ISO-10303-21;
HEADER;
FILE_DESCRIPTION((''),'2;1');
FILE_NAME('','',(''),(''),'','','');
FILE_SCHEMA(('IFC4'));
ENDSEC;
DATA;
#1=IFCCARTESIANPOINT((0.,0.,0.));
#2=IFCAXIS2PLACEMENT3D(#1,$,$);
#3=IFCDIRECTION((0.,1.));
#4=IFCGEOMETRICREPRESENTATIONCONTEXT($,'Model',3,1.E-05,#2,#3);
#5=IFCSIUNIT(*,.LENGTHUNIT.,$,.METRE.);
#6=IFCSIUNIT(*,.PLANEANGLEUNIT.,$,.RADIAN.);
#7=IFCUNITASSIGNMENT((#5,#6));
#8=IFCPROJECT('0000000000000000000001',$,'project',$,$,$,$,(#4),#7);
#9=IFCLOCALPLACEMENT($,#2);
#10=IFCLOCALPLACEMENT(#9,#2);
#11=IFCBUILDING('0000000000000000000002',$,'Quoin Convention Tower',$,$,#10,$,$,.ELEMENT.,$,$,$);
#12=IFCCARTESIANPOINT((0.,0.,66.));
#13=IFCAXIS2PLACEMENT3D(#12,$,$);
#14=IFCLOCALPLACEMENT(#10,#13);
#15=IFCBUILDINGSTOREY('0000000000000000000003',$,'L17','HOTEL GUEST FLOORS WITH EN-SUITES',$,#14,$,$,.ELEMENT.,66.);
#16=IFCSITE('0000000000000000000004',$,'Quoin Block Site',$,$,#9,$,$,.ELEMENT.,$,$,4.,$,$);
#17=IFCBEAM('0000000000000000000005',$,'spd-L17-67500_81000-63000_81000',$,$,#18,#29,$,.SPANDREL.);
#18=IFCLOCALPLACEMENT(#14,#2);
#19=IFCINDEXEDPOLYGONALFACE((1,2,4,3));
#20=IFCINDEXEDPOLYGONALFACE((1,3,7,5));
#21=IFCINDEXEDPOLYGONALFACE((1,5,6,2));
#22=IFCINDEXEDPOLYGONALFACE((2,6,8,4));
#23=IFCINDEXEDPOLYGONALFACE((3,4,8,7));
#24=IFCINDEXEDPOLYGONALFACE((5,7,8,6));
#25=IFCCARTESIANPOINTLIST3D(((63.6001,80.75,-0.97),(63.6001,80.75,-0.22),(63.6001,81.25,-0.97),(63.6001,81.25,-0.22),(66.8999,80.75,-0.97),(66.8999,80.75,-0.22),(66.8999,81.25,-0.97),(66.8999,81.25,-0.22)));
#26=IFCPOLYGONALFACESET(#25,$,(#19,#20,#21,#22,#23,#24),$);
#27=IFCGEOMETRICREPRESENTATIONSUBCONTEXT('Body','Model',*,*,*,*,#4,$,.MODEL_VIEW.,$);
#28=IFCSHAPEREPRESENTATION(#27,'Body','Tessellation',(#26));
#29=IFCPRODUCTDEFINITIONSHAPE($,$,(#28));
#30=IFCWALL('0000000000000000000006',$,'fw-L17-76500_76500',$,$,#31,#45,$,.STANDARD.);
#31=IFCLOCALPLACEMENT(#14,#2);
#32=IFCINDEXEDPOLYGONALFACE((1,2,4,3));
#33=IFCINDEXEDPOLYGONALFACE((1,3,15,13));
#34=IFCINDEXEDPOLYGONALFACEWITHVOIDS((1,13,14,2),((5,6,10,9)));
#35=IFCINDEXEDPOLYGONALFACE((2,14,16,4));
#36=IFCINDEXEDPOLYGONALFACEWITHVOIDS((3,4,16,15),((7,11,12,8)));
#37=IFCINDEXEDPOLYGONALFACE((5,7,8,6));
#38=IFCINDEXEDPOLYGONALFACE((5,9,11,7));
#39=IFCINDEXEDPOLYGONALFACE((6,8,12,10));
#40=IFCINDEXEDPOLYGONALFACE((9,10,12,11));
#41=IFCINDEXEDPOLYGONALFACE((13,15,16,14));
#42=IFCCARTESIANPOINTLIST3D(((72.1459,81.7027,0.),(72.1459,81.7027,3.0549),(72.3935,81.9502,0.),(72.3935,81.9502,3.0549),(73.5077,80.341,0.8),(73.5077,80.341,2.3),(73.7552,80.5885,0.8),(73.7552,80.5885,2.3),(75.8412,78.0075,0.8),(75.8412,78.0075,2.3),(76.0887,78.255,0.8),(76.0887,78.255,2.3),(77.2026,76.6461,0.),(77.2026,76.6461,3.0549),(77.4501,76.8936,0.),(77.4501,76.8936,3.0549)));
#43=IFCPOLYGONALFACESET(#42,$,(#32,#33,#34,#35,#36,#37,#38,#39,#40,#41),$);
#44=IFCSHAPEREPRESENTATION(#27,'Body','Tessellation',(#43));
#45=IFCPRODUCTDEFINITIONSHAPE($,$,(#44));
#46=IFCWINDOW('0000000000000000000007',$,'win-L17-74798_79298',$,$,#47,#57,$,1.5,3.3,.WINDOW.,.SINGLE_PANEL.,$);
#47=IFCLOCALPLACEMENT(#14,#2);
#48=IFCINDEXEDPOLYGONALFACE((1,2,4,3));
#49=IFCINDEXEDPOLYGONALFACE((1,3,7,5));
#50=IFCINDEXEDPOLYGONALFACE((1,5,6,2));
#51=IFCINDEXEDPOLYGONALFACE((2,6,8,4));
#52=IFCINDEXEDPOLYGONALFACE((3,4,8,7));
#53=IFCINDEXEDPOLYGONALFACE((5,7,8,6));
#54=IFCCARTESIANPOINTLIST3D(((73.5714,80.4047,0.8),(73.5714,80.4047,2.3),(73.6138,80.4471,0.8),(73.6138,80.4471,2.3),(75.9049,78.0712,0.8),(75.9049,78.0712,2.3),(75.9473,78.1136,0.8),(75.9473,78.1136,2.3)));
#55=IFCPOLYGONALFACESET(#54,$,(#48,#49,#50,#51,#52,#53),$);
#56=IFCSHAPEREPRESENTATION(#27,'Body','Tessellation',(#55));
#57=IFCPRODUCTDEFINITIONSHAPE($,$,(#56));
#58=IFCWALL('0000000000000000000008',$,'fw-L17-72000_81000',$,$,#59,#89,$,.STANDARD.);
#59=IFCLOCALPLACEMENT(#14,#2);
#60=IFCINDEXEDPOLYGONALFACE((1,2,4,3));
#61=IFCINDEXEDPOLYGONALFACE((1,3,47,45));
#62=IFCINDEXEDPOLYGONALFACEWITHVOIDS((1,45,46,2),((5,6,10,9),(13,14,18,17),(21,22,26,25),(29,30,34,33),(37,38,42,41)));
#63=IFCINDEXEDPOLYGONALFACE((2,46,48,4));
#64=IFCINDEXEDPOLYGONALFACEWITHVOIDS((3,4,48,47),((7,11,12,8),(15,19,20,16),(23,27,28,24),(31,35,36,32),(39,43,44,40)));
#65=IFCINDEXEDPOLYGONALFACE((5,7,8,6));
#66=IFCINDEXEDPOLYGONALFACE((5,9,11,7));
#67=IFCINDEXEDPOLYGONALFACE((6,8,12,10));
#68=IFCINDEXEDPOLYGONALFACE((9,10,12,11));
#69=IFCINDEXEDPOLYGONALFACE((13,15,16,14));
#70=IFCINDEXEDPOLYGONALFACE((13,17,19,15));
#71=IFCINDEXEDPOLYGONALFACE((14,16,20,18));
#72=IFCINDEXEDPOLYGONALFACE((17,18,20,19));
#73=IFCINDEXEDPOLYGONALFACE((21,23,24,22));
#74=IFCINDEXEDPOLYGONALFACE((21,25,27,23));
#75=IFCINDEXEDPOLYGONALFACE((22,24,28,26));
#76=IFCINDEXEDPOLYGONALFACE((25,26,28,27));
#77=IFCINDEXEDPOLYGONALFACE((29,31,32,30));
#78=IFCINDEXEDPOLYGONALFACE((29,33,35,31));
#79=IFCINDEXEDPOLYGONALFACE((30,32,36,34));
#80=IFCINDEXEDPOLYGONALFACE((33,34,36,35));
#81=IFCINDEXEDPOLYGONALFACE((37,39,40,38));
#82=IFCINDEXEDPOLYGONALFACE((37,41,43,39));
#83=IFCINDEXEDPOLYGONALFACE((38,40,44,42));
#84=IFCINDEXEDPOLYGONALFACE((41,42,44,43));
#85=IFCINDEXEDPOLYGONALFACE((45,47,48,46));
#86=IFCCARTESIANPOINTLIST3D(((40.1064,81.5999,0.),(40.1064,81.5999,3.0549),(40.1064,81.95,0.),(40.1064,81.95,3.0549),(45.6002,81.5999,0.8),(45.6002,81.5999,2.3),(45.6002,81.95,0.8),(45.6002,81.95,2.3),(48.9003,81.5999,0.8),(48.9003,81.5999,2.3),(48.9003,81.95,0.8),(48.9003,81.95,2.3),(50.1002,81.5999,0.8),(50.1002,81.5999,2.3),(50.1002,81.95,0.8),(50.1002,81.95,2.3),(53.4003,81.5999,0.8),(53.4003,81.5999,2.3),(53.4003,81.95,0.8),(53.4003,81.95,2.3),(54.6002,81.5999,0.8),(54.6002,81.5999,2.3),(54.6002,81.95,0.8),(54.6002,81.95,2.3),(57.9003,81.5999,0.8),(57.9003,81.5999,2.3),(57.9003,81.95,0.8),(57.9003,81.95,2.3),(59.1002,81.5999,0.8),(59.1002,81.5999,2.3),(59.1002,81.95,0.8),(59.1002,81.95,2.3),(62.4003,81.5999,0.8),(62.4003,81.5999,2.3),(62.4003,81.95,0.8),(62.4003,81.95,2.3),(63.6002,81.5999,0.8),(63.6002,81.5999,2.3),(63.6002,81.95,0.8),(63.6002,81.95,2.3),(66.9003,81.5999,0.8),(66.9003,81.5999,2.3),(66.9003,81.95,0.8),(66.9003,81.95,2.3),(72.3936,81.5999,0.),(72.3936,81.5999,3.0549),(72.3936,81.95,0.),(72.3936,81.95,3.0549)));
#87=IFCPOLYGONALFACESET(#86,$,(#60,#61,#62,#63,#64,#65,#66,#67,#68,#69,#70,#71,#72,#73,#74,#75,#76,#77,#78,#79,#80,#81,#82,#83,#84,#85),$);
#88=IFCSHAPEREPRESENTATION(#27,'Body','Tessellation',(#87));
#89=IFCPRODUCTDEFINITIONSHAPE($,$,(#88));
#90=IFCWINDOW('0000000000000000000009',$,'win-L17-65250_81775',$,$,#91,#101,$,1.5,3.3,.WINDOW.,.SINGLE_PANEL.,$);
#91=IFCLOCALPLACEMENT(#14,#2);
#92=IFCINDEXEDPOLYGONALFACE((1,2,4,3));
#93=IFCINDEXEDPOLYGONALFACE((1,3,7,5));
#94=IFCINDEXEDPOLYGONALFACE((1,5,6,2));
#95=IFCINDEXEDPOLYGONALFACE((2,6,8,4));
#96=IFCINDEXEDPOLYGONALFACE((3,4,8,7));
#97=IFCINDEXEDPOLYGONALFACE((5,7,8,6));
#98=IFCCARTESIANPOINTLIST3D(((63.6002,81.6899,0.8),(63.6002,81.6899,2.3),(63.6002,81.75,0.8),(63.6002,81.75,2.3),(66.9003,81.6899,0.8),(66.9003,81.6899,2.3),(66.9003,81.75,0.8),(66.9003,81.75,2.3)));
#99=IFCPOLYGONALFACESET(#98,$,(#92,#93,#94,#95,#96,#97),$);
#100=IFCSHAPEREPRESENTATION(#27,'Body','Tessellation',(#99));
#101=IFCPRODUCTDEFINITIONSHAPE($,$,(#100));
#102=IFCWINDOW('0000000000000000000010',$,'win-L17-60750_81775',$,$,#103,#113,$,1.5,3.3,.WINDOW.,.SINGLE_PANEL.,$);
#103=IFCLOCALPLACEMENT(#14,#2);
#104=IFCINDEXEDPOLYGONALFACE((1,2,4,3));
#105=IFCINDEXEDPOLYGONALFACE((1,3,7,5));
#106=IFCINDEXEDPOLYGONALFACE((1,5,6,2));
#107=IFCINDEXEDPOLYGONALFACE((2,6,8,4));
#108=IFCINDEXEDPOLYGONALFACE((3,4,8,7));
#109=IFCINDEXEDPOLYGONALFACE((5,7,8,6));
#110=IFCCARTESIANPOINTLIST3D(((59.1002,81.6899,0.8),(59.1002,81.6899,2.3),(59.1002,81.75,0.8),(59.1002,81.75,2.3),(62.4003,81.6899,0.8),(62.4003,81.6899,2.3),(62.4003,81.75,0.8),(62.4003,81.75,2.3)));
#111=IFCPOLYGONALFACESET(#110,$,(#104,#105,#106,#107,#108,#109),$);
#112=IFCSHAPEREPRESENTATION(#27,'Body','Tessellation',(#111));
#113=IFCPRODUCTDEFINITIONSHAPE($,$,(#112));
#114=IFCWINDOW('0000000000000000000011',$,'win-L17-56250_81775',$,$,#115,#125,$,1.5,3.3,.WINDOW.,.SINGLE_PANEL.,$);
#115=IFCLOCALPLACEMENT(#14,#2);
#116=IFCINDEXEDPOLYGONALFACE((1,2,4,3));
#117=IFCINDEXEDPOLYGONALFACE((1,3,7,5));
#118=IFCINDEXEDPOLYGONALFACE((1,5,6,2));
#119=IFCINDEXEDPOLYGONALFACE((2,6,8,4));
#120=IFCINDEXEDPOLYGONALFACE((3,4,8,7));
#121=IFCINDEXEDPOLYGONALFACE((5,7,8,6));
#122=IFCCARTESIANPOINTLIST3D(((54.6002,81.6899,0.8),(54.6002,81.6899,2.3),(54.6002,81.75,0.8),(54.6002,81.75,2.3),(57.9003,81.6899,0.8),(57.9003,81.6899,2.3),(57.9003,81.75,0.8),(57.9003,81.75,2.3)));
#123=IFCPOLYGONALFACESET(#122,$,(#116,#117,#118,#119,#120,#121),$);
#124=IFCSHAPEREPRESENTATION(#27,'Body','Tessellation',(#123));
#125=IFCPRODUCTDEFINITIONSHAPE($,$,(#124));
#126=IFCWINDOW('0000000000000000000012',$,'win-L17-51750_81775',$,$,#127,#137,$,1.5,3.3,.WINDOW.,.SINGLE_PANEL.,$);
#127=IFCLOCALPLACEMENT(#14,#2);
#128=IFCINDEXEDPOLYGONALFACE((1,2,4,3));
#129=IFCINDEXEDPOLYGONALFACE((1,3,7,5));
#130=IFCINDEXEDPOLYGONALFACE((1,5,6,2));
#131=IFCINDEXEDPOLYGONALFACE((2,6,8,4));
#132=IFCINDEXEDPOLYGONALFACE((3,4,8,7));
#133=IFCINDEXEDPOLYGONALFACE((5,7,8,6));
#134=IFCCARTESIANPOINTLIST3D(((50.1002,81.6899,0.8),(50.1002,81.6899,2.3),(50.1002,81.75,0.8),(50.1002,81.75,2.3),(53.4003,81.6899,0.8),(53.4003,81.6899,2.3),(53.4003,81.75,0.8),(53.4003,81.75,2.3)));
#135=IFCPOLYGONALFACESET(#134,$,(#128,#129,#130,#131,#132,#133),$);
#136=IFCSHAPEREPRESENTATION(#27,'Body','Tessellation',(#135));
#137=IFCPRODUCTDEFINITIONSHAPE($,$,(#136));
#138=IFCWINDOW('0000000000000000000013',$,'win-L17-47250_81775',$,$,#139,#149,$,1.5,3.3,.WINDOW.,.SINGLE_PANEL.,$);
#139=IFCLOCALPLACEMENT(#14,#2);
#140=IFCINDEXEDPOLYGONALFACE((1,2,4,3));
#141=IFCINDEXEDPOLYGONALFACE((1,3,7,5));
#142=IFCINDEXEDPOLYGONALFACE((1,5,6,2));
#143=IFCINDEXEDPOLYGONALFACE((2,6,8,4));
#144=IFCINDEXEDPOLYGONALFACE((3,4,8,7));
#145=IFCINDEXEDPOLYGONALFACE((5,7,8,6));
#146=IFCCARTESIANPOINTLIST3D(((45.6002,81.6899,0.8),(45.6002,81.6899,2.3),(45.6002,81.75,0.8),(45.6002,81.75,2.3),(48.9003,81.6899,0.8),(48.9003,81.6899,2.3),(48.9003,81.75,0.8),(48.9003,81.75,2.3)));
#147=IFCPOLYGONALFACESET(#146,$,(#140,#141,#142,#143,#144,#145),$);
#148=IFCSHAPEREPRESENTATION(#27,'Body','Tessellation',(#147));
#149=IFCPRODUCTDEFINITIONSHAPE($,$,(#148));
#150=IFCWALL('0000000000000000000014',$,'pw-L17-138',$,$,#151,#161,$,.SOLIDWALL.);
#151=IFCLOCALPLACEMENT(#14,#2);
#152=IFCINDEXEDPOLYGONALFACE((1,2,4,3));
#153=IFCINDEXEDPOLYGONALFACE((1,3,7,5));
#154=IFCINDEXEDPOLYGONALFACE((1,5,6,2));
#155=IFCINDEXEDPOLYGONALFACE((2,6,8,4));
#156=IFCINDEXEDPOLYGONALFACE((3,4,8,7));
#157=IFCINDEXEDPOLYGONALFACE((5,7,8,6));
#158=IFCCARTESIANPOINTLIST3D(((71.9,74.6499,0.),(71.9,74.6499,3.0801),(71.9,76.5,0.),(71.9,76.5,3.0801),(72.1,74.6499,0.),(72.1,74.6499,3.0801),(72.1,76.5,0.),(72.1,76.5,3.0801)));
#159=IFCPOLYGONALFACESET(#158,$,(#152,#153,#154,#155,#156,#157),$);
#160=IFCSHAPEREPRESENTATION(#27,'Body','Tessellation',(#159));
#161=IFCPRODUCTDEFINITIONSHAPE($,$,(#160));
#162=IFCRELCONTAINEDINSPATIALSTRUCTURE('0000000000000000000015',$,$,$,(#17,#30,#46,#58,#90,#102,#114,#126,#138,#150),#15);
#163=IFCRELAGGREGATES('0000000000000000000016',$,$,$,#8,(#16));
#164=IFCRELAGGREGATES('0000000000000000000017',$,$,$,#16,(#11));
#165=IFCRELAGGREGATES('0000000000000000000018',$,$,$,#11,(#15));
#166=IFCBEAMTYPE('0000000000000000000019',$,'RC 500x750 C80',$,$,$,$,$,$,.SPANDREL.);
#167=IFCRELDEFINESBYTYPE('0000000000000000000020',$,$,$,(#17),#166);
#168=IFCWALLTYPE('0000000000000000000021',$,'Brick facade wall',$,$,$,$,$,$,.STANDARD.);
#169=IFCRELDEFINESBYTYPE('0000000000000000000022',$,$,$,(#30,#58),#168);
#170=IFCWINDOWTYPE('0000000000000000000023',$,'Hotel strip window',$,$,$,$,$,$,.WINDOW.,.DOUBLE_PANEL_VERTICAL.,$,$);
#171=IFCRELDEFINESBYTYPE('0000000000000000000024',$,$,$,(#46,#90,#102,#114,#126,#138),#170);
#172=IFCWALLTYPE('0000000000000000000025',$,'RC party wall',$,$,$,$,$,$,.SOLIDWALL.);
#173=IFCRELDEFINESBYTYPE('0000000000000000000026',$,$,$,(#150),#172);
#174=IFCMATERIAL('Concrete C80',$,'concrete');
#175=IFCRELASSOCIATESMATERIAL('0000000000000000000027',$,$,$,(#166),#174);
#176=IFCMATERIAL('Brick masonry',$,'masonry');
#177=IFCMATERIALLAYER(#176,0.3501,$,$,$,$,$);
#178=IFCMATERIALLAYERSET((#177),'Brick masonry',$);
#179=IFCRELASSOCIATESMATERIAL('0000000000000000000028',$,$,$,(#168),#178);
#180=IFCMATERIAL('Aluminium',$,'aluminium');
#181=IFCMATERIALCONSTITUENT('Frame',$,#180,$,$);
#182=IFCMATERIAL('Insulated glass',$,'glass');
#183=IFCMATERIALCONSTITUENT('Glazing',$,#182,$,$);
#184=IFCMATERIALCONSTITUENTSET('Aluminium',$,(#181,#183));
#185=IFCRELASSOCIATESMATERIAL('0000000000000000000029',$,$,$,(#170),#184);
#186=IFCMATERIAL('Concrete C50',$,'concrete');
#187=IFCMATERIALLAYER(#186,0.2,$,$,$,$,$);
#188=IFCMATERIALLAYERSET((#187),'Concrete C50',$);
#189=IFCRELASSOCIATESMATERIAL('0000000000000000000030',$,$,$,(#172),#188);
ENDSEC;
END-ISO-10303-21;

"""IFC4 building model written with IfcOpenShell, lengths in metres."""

from ifc_helpers import new_model, si_unit, direction, frame, frame_2d, origin, origin_2d, place, context, subcontext, project, spatial, rectangle, extrude, material, layer, layer_set, constituent, constituent_set, material_profile, profile_set, type_object, element, fill, save


model = new_model("IFC4")

# Units and contexts
model_context = context("Model", 3, precision=1e-05, world=origin(), true_north=direction((0.0, 1.0)))
body_context = subcontext(model_context, "Body", "Model", "MODEL_VIEW")
ifc_project = project(units=[si_unit("LENGTHUNIT", "METRE"), si_unit("PLANEANGLEUNIT", "RADIAN")], contexts=[model_context])

# Site, building, storey
site_placement = place(None, origin())
site = spatial("IfcSite", under=ifc_project, at=site_placement, Name="Quoin Block Site", CompositionType="ELEMENT", RefElevation=4.0)
building_placement = place(site_placement, origin())
building = spatial("IfcBuilding", under=site, at=building_placement, Name="Quoin Convention Tower", CompositionType="ELEMENT")
storey_placement = place(building_placement, frame((0.0, 0.0, 66.0)))
storey = spatial("IfcBuildingStorey", under=building, at=storey_placement, Name="L17", Description="HOTEL GUEST FLOORS WITH EN-SUITES", CompositionType="ELEMENT", Elevation=66.0)

# Shared definitions
ifc_material_1 = material(Name="Concrete C80", Category="concrete")

# Beam
ifc_material_profile_1 = material_profile(ifc_material_1, rectangle(XDim=0.5, YDim=0.75, at=origin_2d()), Name="RC 500x750")
ifc_profile_set_1 = profile_set([ifc_material_profile_1], Name="Concrete C80")
beam_type = type_object("IfcBeamType", Name="RC 500x750 C80", PredefinedType="SPANDREL", material=ifc_profile_set_1)
for number, where, z_axis, x_axis, name in (
    (1, (66.8999, 81.0, -0.595), (-1.0, 0.0, 0.0), (0.0, -1.0, 0.0), "spd-L17-67500_81000-63000_81000"),
):
    element("IfcBeam", number, at=place(storey_placement, frame(where, z_axis=z_axis, x_axis=x_axis)), inside=storey, type_object=beam_type, Name=name, PredefinedType="SPANDREL", context=body_context, shape_type="SweptSolid", body=[
        extrude(rectangle(XDim=0.5, YDim=0.75, at=origin_2d()), origin(), (0.0, 0.0, 1.0), 3.2998),
    ])

# Wall, opening, window
ifc_material_2 = material(Name="Brick masonry", Category="masonry")
ifc_layer_1 = layer(ifc_material_2, 0.3501)
ifc_layer_set_1 = layer_set([ifc_layer_1], Name="Brick masonry")
wall_type_1 = type_object("IfcWallType", Name="Brick facade wall", PredefinedType="STANDARD", material=ifc_layer_set_1)
wall_1_placement = place(storey_placement, frame((77.3264, 76.7698, 0.0), z_axis=(0.0, 0.0, 1.0), x_axis=(-0.707107, 0.707107, 0.0)))
wall_1 = element("IfcWall", 2, at=wall_1_placement, inside=storey, type_object=wall_type_1, Name="fw-L17-76500_76500", PredefinedType="STANDARD", context=body_context, shape_type="SweptSolid", body=[
    extrude(rectangle(XDim=7.1511, YDim=0.3501, at=frame_2d((3.5757, 0.0))), origin(), (0.0, 0.0, 1.0), 3.0549),
])
opening_1_placement = place(wall_1_placement, frame((1.9255, 0.0, 0.8)))
opening_1 = element("IfcOpeningElement", 3, at=opening_1_placement, cuts=wall_1, PredefinedType="OPENING", context=body_context, shape_type="SweptSolid", body=[
    extrude(rectangle(XDim=3.3, YDim=1.5, at=frame_2d((1.6499, 0.75))), frame((0.0, 0.1851, 0.0), z_axis=(0.0, -1.0, 0.0), x_axis=(1.0, 0.0, 0.0)), (0.0, 0.0, 1.0), 0.3701),
])
ifc_material_3 = material(Name="Aluminium", Category="aluminium")
ifc_constituent_1 = constituent(ifc_material_3, Name="Frame")
ifc_material_4 = material(Name="Insulated glass", Category="glass")
ifc_constituent_2 = constituent(ifc_material_4, Name="Glazing")
ifc_constituent_set = constituent_set(constituents=[ifc_constituent_1, ifc_constituent_2], Name="Aluminium")
window_type = type_object("IfcWindowType", Name="Hotel strip window", PartitioningType="DOUBLE_PANEL_VERTICAL", PredefinedType="WINDOW", material=ifc_constituent_set)
window_1_placement = place(opening_1_placement, origin())
window_1 = element("IfcWindow", 4, at=window_1_placement, inside=storey, type_object=window_type, Name="win-L17-74798_79298", OverallHeight=1.5, OverallWidth=3.3, PartitioningType="SINGLE_PANEL", PredefinedType="WINDOW", context=body_context, shape_type="SweptSolid", body=[
    extrude(rectangle(XDim=3.3, YDim=1.5, at=frame_2d((1.6499, 0.75))), frame((0.0, 0.085, 0.0), z_axis=(0.0, -1.0, 0.0), x_axis=(1.0, 0.0, 0.0)), (0.0, 0.0, 1.0), 0.0601),
])
fill(opening_1, window_1)

# Wall, openings, windows
wall_2_placement = place(storey_placement, frame((72.3936, 81.7749, 0.0), z_axis=(0.0, 0.0, 1.0), x_axis=(-1.0, 0.0, 0.0)))
wall_2 = element("IfcWall", 5, at=wall_2_placement, inside=storey, type_object=wall_type_1, Name="fw-L17-72000_81000", PredefinedType="STANDARD", context=body_context, shape_type="SweptSolid", body=[
    extrude(rectangle(XDim=32.2871, YDim=0.3501, at=frame_2d((16.1436, 0.0))), origin(), (0.0, 0.0, 1.0), 3.0549),
])
opening_2_placement = place(wall_2_placement, frame((5.4934, 0.0, 0.8)))
opening_2 = element("IfcOpeningElement", 6, at=opening_2_placement, cuts=wall_2, PredefinedType="OPENING", context=body_context, shape_type="SweptSolid", body=[
    extrude(rectangle(XDim=3.3, YDim=1.5, at=frame_2d((1.6499, 0.75))), frame((0.0, 0.1851, 0.0), z_axis=(0.0, -1.0, 0.0), x_axis=(1.0, 0.0, 0.0)), (0.0, 0.0, 1.0), 0.3701),
])
opening_3_placement = place(wall_2_placement, frame((9.9934, 0.0, 0.8)))
opening_3 = element("IfcOpeningElement", 7, at=opening_3_placement, cuts=wall_2, PredefinedType="OPENING", context=body_context, shape_type="SweptSolid", body=[
    extrude(rectangle(XDim=3.3, YDim=1.5, at=frame_2d((1.6499, 0.75))), frame((0.0, 0.1851, 0.0), z_axis=(0.0, -1.0, 0.0), x_axis=(1.0, 0.0, 0.0)), (0.0, 0.0, 1.0), 0.3701),
])
opening_4_placement = place(wall_2_placement, frame((14.4934, 0.0, 0.8)))
opening_4 = element("IfcOpeningElement", 8, at=opening_4_placement, cuts=wall_2, PredefinedType="OPENING", context=body_context, shape_type="SweptSolid", body=[
    extrude(rectangle(XDim=3.3, YDim=1.5, at=frame_2d((1.6499, 0.75))), frame((0.0, 0.1851, 0.0), z_axis=(0.0, -1.0, 0.0), x_axis=(1.0, 0.0, 0.0)), (0.0, 0.0, 1.0), 0.3701),
])
opening_5_placement = place(wall_2_placement, frame((18.9934, 0.0, 0.8)))
opening_5 = element("IfcOpeningElement", 9, at=opening_5_placement, cuts=wall_2, PredefinedType="OPENING", context=body_context, shape_type="SweptSolid", body=[
    extrude(rectangle(XDim=3.3, YDim=1.5, at=frame_2d((1.6499, 0.75))), frame((0.0, 0.1851, 0.0), z_axis=(0.0, -1.0, 0.0), x_axis=(1.0, 0.0, 0.0)), (0.0, 0.0, 1.0), 0.3701),
])
opening_6_placement = place(wall_2_placement, frame((23.4934, 0.0, 0.8)))
opening_6 = element("IfcOpeningElement", 10, at=opening_6_placement, cuts=wall_2, PredefinedType="OPENING", context=body_context, shape_type="SweptSolid", body=[
    extrude(rectangle(XDim=3.3, YDim=1.5, at=frame_2d((1.6499, 0.75))), frame((0.0, 0.1851, 0.0), z_axis=(0.0, -1.0, 0.0), x_axis=(1.0, 0.0, 0.0)), (0.0, 0.0, 1.0), 0.3701),
])
window_2_placement = place(opening_2_placement, origin())
window_2 = element("IfcWindow", 11, at=window_2_placement, inside=storey, type_object=window_type, Name="win-L17-65250_81775", OverallHeight=1.5, OverallWidth=3.3, PartitioningType="SINGLE_PANEL", PredefinedType="WINDOW", context=body_context, shape_type="SweptSolid", body=[
    extrude(rectangle(XDim=3.3, YDim=1.5, at=frame_2d((1.6499, 0.75))), frame((0.0, 0.085, 0.0), z_axis=(0.0, -1.0, 0.0), x_axis=(1.0, 0.0, 0.0)), (0.0, 0.0, 1.0), 0.0601),
])
fill(opening_2, window_2)
window_3_placement = place(opening_3_placement, origin())
window_3 = element("IfcWindow", 12, at=window_3_placement, inside=storey, type_object=window_type, Name="win-L17-60750_81775", OverallHeight=1.5, OverallWidth=3.3, PartitioningType="SINGLE_PANEL", PredefinedType="WINDOW", context=body_context, shape_type="SweptSolid", body=[
    extrude(rectangle(XDim=3.3, YDim=1.5, at=frame_2d((1.6499, 0.75))), frame((0.0, 0.085, 0.0), z_axis=(0.0, -1.0, 0.0), x_axis=(1.0, 0.0, 0.0)), (0.0, 0.0, 1.0), 0.0601),
])
fill(opening_3, window_3)
window_4_placement = place(opening_4_placement, origin())
window_4 = element("IfcWindow", 13, at=window_4_placement, inside=storey, type_object=window_type, Name="win-L17-56250_81775", OverallHeight=1.5, OverallWidth=3.3, PartitioningType="SINGLE_PANEL", PredefinedType="WINDOW", context=body_context, shape_type="SweptSolid", body=[
    extrude(rectangle(XDim=3.3, YDim=1.5, at=frame_2d((1.6499, 0.75))), frame((0.0, 0.085, 0.0), z_axis=(0.0, -1.0, 0.0), x_axis=(1.0, 0.0, 0.0)), (0.0, 0.0, 1.0), 0.0601),
])
fill(opening_4, window_4)
window_5_placement = place(opening_5_placement, origin())
window_5 = element("IfcWindow", 14, at=window_5_placement, inside=storey, type_object=window_type, Name="win-L17-51750_81775", OverallHeight=1.5, OverallWidth=3.3, PartitioningType="SINGLE_PANEL", PredefinedType="WINDOW", context=body_context, shape_type="SweptSolid", body=[
    extrude(rectangle(XDim=3.3, YDim=1.5, at=frame_2d((1.6499, 0.75))), frame((0.0, 0.085, 0.0), z_axis=(0.0, -1.0, 0.0), x_axis=(1.0, 0.0, 0.0)), (0.0, 0.0, 1.0), 0.0601),
])
fill(opening_5, window_5)
window_6_placement = place(opening_6_placement, origin())
window_6 = element("IfcWindow", 15, at=window_6_placement, inside=storey, type_object=window_type, Name="win-L17-47250_81775", OverallHeight=1.5, OverallWidth=3.3, PartitioningType="SINGLE_PANEL", PredefinedType="WINDOW", context=body_context, shape_type="SweptSolid", body=[
    extrude(rectangle(XDim=3.3, YDim=1.5, at=frame_2d((1.6499, 0.75))), frame((0.0, 0.085, 0.0), z_axis=(0.0, -1.0, 0.0), x_axis=(1.0, 0.0, 0.0)), (0.0, 0.0, 1.0), 0.0601),
])
fill(opening_6, window_6)

# Wall
ifc_material_5 = material(Name="Concrete C50", Category="concrete")
ifc_layer_2 = layer(ifc_material_5, 0.2)
ifc_layer_set_2 = layer_set([ifc_layer_2], Name="Concrete C50")
wall_type_2 = type_object("IfcWallType", Name="RC party wall", PredefinedType="SOLIDWALL", material=ifc_layer_set_2)
wall_3_placement = place(storey_placement, frame((72.0, 74.6499, 0.0), z_axis=(0.0, 0.0, 1.0), x_axis=(0.0, 1.0, 0.0)))
element("IfcWall", 16, at=wall_3_placement, inside=storey, type_object=wall_type_2, Name="pw-L17-138", PredefinedType="SOLIDWALL", context=body_context, shape_type="SweptSolid", body=[
    extrude(rectangle(XDim=1.8501, YDim=0.2, at=frame_2d((0.925, 0.0))), origin(), (0.0, 0.0, 1.0), 3.0801),
])

save(model, "model.ifc")
